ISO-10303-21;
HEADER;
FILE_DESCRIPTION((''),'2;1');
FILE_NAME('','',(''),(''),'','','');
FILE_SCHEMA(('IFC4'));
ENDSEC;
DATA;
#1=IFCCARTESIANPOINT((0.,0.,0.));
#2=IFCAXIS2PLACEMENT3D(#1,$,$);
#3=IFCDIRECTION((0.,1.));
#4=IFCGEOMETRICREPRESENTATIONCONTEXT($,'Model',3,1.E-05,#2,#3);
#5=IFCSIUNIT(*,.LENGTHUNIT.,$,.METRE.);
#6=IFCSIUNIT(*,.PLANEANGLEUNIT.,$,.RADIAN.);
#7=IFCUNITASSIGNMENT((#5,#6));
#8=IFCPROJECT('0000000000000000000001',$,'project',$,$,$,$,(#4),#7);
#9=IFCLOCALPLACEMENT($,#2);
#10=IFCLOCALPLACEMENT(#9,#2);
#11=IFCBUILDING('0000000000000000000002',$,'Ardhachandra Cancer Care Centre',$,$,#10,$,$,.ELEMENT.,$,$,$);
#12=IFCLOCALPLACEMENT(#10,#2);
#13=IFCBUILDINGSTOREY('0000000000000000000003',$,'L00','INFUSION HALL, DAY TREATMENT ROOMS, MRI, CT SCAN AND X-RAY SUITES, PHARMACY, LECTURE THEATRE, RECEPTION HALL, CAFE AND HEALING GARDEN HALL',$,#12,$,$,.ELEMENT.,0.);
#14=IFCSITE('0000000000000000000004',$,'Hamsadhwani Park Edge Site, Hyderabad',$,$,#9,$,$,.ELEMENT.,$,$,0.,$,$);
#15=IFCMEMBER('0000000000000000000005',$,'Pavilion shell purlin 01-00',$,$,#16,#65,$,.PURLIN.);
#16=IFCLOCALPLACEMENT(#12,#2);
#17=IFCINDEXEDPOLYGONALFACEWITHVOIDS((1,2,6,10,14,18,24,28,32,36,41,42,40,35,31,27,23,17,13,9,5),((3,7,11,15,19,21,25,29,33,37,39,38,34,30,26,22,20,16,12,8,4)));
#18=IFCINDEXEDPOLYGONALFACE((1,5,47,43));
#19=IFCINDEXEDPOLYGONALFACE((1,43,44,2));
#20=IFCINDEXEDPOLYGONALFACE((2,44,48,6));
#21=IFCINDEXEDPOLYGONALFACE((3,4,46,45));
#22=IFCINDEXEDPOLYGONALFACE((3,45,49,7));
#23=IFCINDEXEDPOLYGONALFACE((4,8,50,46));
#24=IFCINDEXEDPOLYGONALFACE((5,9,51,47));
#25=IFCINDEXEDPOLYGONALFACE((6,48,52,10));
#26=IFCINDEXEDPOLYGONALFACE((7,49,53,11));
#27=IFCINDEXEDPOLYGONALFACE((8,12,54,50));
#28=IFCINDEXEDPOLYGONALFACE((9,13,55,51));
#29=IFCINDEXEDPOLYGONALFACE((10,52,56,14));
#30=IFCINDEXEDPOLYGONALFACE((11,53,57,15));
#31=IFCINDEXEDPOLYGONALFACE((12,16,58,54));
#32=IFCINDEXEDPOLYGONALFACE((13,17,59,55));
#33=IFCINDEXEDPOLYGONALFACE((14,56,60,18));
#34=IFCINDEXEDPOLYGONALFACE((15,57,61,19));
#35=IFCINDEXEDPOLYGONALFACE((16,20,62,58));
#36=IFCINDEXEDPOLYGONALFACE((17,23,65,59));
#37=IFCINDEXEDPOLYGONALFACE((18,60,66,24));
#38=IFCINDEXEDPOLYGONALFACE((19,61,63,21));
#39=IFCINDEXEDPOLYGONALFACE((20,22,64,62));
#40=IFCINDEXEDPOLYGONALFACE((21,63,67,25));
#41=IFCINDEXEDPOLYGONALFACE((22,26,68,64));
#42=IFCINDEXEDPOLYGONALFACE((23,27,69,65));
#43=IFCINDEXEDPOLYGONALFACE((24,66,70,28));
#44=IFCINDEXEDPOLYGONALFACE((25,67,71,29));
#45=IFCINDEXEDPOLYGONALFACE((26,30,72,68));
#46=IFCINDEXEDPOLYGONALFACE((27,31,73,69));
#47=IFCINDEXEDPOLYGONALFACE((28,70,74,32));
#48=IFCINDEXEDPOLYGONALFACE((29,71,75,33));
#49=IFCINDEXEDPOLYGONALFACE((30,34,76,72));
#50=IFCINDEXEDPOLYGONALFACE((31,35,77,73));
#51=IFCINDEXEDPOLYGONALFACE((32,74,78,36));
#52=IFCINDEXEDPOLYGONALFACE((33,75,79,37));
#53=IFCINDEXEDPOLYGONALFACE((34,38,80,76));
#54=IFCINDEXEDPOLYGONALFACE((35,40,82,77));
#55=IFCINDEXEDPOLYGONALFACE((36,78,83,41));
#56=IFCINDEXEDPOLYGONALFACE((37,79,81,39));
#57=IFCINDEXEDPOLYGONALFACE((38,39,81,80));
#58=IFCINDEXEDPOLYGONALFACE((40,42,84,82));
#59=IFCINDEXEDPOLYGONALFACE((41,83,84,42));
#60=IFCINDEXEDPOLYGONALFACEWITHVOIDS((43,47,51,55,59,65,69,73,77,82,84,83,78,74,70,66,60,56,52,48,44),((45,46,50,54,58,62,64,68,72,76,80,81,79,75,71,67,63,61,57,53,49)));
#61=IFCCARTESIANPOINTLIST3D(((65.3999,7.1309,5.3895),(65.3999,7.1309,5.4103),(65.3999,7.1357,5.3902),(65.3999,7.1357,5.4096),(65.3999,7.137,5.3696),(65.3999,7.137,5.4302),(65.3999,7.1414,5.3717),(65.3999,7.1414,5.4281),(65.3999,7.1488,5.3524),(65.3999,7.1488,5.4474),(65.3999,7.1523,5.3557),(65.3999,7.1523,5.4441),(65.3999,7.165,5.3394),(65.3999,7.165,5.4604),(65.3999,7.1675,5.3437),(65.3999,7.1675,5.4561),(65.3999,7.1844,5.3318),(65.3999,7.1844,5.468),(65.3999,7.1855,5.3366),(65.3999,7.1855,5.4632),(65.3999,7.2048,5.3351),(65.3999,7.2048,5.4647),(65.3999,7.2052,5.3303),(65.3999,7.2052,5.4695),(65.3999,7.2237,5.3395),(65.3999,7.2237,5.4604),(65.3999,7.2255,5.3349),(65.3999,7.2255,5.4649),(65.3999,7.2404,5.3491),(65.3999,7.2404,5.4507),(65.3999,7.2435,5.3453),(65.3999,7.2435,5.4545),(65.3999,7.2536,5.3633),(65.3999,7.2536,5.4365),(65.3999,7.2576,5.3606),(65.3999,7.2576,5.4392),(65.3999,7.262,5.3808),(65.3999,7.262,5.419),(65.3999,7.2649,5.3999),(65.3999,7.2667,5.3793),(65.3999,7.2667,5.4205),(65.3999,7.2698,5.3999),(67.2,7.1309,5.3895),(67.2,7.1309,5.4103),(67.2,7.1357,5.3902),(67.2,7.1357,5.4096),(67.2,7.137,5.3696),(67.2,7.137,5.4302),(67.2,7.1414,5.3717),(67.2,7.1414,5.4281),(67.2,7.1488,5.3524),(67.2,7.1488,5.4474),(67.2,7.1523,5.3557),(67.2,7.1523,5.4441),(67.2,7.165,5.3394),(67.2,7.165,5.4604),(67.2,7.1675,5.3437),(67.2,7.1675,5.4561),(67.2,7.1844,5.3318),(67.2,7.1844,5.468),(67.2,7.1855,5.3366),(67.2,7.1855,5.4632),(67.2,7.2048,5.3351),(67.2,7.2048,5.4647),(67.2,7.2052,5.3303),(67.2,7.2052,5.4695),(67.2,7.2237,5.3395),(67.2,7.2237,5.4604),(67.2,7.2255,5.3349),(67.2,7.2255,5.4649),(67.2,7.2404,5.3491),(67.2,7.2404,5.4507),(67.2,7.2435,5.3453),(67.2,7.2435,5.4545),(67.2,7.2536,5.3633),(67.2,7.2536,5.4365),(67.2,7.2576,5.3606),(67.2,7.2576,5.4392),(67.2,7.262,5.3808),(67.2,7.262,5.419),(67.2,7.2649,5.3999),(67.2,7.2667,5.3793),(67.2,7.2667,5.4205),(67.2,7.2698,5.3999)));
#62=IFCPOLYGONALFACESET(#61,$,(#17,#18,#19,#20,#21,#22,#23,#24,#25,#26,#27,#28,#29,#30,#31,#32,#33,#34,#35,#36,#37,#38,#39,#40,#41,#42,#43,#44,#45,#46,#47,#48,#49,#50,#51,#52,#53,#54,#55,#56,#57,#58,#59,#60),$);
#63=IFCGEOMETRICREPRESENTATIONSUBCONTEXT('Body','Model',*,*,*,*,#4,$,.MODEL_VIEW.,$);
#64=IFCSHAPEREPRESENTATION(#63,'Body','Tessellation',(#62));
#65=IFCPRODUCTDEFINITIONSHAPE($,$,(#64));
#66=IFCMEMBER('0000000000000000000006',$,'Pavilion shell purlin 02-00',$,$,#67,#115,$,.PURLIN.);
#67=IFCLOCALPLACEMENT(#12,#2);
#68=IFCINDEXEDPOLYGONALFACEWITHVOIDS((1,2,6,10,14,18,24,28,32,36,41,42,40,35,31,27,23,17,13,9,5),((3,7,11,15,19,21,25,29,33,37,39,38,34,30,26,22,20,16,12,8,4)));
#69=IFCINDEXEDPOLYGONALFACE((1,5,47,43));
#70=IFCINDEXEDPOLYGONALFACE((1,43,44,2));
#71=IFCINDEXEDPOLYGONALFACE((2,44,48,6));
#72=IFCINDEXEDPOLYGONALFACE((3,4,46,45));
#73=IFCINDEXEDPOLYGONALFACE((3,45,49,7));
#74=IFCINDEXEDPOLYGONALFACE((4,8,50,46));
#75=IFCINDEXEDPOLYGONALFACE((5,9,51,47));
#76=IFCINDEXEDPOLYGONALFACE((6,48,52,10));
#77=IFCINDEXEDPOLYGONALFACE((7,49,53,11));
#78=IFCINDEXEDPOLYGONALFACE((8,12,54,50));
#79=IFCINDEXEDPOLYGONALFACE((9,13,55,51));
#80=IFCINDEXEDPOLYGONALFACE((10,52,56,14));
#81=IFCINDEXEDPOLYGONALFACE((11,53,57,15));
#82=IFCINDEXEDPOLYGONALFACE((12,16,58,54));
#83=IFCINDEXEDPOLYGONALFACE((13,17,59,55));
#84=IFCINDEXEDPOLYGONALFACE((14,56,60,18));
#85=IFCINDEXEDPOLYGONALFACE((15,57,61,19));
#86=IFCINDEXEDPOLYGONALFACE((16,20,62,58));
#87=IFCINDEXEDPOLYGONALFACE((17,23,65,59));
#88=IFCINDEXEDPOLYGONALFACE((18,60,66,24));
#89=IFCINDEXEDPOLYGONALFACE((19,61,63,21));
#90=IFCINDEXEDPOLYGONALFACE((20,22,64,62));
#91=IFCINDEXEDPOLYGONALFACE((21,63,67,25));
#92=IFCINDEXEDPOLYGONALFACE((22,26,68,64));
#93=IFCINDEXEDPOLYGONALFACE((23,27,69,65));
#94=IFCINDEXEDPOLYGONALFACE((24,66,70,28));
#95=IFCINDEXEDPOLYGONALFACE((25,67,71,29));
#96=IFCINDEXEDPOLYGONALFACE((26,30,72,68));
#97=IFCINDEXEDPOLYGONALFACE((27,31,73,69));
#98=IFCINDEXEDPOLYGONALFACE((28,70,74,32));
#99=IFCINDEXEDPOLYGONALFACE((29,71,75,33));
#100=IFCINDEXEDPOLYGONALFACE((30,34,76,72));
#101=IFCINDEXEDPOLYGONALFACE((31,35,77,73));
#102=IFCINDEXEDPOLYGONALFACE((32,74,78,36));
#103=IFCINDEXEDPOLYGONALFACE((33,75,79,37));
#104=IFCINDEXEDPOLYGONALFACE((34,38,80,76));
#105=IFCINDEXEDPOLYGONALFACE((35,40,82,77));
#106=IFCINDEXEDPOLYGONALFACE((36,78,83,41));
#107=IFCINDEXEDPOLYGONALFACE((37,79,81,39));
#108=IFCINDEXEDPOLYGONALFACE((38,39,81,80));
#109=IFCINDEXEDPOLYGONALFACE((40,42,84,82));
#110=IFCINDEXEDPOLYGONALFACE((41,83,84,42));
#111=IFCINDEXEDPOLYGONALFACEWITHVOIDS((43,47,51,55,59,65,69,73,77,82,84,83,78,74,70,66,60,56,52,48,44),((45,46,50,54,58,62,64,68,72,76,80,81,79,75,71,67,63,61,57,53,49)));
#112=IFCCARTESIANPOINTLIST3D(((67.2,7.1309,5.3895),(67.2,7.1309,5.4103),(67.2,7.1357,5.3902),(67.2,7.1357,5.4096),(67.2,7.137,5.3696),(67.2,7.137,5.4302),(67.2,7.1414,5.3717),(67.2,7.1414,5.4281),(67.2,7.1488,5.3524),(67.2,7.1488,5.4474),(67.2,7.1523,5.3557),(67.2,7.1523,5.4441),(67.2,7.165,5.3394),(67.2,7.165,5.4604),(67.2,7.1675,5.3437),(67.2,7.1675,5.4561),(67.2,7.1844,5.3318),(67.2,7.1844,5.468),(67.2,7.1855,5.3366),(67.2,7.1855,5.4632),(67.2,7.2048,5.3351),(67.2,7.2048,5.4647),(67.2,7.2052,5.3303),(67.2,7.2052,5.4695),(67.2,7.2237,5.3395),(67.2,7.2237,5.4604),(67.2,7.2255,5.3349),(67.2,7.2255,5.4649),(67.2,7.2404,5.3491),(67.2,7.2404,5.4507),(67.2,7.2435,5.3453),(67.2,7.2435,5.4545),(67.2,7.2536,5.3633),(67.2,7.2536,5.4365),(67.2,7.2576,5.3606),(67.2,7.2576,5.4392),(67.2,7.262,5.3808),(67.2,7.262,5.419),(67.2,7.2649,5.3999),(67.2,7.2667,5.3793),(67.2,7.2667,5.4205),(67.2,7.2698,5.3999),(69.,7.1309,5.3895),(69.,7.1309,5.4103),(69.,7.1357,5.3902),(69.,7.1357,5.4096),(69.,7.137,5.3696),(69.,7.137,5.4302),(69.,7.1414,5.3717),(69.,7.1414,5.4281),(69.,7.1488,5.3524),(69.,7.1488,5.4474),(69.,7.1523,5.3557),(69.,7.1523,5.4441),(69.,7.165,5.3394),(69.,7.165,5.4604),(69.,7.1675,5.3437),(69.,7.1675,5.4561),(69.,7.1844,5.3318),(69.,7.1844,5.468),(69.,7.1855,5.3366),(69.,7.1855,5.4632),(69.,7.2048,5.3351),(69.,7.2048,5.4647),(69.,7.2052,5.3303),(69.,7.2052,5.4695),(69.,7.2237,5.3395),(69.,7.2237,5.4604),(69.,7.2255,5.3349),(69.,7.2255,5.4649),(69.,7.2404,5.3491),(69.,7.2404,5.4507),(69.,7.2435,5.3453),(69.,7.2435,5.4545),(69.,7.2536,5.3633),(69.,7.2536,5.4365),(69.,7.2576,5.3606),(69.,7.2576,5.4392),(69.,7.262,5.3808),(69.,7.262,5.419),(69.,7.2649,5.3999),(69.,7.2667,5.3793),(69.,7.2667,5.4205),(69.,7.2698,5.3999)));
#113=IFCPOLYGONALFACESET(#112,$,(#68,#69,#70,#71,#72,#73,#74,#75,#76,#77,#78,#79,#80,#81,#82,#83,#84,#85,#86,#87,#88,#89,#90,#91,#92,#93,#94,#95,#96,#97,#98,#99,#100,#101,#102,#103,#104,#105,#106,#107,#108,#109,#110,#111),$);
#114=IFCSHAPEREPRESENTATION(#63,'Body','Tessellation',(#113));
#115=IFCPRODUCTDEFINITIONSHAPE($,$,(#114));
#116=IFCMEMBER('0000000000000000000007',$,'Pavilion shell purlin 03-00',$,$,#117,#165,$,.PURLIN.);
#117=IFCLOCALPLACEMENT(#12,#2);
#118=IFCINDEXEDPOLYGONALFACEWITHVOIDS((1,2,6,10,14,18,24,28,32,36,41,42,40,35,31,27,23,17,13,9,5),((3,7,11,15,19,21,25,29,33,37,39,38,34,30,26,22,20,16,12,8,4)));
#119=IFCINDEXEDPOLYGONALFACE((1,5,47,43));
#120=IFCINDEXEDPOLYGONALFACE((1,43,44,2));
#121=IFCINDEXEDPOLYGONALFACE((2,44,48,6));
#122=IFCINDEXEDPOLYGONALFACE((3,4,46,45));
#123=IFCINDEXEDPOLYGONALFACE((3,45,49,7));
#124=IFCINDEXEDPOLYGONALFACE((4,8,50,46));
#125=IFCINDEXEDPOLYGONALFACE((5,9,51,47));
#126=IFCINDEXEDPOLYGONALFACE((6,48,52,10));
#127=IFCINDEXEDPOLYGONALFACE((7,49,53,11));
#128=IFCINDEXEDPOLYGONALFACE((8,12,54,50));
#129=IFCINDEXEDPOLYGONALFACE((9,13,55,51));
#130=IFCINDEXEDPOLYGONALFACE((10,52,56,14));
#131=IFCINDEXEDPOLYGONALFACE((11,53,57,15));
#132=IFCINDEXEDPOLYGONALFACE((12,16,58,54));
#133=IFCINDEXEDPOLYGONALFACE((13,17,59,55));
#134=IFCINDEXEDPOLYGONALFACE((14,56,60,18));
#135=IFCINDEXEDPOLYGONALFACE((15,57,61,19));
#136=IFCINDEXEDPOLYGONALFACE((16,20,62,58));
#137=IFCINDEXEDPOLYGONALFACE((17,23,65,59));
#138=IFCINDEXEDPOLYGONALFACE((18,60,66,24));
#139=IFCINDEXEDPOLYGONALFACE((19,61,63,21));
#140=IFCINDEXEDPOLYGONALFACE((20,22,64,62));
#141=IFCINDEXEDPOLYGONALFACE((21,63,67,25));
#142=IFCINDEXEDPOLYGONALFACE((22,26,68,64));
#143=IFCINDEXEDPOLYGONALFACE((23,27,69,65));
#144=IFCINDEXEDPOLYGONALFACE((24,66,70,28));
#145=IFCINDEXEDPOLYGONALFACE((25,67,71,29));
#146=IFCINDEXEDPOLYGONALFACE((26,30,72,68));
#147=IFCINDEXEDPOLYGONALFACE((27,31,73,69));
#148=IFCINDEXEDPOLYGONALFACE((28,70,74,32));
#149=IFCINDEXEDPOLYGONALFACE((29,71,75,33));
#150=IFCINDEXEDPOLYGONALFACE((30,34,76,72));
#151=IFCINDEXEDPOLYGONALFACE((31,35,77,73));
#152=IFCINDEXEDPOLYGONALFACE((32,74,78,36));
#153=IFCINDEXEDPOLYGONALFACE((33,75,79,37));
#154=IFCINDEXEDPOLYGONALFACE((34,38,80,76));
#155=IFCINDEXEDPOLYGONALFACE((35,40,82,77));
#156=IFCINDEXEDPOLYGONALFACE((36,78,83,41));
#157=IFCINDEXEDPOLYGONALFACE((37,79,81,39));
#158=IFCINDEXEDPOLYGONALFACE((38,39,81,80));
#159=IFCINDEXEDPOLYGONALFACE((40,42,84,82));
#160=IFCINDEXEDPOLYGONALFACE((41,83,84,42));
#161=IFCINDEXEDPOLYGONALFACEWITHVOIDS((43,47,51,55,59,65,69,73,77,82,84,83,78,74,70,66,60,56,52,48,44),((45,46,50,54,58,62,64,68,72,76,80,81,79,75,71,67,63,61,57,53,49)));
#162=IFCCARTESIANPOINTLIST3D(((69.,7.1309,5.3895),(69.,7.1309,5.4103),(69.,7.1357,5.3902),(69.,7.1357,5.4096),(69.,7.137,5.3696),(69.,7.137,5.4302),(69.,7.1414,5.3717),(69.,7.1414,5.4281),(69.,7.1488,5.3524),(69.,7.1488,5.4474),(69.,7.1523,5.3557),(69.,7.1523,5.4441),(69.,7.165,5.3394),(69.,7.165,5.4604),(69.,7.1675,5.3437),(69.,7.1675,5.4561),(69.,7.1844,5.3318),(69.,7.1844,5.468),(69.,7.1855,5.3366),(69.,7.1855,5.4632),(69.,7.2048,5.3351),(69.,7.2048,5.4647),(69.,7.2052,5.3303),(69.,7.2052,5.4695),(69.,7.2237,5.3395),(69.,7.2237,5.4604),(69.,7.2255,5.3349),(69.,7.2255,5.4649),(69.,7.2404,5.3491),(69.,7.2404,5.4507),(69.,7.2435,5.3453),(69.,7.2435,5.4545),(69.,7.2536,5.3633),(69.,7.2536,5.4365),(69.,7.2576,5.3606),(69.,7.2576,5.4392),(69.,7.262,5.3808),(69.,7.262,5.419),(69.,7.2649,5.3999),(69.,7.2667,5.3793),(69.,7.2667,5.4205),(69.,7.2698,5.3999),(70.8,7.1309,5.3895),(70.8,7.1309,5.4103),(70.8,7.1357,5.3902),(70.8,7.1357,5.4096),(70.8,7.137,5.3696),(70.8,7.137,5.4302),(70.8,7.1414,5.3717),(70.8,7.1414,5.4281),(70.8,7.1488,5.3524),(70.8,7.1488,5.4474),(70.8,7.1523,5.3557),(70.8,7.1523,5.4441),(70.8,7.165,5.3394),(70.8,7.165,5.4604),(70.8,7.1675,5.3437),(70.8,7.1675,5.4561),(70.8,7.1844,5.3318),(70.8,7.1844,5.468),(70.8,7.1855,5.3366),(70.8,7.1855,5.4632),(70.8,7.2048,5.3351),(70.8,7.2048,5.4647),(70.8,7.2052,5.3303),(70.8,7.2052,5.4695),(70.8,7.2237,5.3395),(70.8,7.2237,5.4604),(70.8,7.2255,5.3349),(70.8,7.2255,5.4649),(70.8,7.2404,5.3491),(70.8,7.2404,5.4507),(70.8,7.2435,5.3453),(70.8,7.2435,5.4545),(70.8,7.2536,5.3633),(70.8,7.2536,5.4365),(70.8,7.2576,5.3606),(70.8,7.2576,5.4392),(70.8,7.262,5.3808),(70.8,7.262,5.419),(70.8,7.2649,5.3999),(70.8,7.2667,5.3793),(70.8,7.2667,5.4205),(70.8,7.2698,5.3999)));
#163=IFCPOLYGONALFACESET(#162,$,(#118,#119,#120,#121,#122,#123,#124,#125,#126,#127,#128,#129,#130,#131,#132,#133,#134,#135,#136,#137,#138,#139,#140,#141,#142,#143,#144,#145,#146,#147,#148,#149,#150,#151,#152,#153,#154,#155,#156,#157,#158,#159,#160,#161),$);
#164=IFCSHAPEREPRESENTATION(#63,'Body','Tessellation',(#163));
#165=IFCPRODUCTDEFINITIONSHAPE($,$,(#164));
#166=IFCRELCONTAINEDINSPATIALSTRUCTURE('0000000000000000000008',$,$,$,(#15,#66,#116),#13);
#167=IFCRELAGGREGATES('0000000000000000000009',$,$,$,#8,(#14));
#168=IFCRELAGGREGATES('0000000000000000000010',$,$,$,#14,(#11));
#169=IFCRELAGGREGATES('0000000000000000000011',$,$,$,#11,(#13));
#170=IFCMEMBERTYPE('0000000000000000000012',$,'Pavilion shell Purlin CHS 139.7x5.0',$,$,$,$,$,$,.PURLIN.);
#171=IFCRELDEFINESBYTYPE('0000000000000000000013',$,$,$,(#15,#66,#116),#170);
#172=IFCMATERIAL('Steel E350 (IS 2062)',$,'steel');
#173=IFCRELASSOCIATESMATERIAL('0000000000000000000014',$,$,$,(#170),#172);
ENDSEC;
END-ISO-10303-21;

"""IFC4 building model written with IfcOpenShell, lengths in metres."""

from ifc_helpers import new_model, si_unit, direction, frame, origin, origin_2d, place, context, subcontext, project, spatial, hollow_circle, extrude, material, material_profile, profile_set, type_object, element, save


model = new_model("IFC4")

# Units and contexts
model_context = context("Model", 3, precision=1e-05, world=origin(), true_north=direction((0.0, 1.0)))
body_context = subcontext(model_context, "Body", "Model", "MODEL_VIEW")
ifc_project = project(units=[si_unit("LENGTHUNIT", "METRE"), si_unit("PLANEANGLEUNIT", "RADIAN")], contexts=[model_context])

# Site, building, storey
site_placement = place(None, origin())
site = spatial("IfcSite", under=ifc_project, at=site_placement, Name="Hamsadhwani Park Edge Site, Hyderabad", CompositionType="ELEMENT", RefElevation=0.0)
building_placement = place(site_placement, origin())
building = spatial("IfcBuilding", under=site, at=building_placement, Name="Ardhachandra Cancer Care Centre", CompositionType="ELEMENT")
storey_placement = place(building_placement, origin())
storey = spatial("IfcBuildingStorey", under=building, at=storey_placement, Name="L00", Description="INFUSION HALL, DAY TREATMENT ROOMS, MRI, CT SCAN AND X-RAY SUITES, PHARMACY, LECTURE THEATRE, RECEPTION HALL, CAFE AND HEALING GARDEN HALL", CompositionType="ELEMENT", Elevation=0.0)

# Members
ifc_material_1 = material(Name="Steel E350 (IS 2062)", Category="steel")
ifc_material_profile_1 = material_profile(ifc_material_1, hollow_circle(Radius=0.0698, WallThickness=0.0049, at=origin_2d()), Name="CHS 139.7x5.0")
ifc_profile_set_1 = profile_set([ifc_material_profile_1], Name="Steel E350 (IS 2062)")
member_type_1 = type_object("IfcMemberType", Name="Pavilion shell Purlin CHS 139.7x5.0", PredefinedType="PURLIN", material=ifc_profile_set_1)
for number, where, z_axis, x_axis, name in (
    (1, (65.3999, 7.2, 5.3999), (1.0, 0.0, 0.0), (0.0, 1.0, 0.0), "Pavilion shell purlin 01-00"),
    (2, (67.2, 7.2, 5.3999), (1.0, 0.0, 0.0), (0.0, 1.0, 0.0), "Pavilion shell purlin 02-00"),
    (3, (69.0, 7.2, 5.3999), (1.0, 0.0, 0.0), (0.0, 1.0, 0.0), "Pavilion shell purlin 03-00"),
):
    element("IfcMember", number, at=place(storey_placement, frame(where, z_axis=z_axis, x_axis=x_axis)), inside=storey, type_object=member_type_1, Name=name, PredefinedType="PURLIN", context=body_context, shape_type="SweptSolid", body=[
        extrude(hollow_circle(Radius=0.0698, WallThickness=0.0049, at=origin_2d()), origin(), (0.0, 0.0, 1.0), 1.8),
    ])

save(model, "model.ifc")
